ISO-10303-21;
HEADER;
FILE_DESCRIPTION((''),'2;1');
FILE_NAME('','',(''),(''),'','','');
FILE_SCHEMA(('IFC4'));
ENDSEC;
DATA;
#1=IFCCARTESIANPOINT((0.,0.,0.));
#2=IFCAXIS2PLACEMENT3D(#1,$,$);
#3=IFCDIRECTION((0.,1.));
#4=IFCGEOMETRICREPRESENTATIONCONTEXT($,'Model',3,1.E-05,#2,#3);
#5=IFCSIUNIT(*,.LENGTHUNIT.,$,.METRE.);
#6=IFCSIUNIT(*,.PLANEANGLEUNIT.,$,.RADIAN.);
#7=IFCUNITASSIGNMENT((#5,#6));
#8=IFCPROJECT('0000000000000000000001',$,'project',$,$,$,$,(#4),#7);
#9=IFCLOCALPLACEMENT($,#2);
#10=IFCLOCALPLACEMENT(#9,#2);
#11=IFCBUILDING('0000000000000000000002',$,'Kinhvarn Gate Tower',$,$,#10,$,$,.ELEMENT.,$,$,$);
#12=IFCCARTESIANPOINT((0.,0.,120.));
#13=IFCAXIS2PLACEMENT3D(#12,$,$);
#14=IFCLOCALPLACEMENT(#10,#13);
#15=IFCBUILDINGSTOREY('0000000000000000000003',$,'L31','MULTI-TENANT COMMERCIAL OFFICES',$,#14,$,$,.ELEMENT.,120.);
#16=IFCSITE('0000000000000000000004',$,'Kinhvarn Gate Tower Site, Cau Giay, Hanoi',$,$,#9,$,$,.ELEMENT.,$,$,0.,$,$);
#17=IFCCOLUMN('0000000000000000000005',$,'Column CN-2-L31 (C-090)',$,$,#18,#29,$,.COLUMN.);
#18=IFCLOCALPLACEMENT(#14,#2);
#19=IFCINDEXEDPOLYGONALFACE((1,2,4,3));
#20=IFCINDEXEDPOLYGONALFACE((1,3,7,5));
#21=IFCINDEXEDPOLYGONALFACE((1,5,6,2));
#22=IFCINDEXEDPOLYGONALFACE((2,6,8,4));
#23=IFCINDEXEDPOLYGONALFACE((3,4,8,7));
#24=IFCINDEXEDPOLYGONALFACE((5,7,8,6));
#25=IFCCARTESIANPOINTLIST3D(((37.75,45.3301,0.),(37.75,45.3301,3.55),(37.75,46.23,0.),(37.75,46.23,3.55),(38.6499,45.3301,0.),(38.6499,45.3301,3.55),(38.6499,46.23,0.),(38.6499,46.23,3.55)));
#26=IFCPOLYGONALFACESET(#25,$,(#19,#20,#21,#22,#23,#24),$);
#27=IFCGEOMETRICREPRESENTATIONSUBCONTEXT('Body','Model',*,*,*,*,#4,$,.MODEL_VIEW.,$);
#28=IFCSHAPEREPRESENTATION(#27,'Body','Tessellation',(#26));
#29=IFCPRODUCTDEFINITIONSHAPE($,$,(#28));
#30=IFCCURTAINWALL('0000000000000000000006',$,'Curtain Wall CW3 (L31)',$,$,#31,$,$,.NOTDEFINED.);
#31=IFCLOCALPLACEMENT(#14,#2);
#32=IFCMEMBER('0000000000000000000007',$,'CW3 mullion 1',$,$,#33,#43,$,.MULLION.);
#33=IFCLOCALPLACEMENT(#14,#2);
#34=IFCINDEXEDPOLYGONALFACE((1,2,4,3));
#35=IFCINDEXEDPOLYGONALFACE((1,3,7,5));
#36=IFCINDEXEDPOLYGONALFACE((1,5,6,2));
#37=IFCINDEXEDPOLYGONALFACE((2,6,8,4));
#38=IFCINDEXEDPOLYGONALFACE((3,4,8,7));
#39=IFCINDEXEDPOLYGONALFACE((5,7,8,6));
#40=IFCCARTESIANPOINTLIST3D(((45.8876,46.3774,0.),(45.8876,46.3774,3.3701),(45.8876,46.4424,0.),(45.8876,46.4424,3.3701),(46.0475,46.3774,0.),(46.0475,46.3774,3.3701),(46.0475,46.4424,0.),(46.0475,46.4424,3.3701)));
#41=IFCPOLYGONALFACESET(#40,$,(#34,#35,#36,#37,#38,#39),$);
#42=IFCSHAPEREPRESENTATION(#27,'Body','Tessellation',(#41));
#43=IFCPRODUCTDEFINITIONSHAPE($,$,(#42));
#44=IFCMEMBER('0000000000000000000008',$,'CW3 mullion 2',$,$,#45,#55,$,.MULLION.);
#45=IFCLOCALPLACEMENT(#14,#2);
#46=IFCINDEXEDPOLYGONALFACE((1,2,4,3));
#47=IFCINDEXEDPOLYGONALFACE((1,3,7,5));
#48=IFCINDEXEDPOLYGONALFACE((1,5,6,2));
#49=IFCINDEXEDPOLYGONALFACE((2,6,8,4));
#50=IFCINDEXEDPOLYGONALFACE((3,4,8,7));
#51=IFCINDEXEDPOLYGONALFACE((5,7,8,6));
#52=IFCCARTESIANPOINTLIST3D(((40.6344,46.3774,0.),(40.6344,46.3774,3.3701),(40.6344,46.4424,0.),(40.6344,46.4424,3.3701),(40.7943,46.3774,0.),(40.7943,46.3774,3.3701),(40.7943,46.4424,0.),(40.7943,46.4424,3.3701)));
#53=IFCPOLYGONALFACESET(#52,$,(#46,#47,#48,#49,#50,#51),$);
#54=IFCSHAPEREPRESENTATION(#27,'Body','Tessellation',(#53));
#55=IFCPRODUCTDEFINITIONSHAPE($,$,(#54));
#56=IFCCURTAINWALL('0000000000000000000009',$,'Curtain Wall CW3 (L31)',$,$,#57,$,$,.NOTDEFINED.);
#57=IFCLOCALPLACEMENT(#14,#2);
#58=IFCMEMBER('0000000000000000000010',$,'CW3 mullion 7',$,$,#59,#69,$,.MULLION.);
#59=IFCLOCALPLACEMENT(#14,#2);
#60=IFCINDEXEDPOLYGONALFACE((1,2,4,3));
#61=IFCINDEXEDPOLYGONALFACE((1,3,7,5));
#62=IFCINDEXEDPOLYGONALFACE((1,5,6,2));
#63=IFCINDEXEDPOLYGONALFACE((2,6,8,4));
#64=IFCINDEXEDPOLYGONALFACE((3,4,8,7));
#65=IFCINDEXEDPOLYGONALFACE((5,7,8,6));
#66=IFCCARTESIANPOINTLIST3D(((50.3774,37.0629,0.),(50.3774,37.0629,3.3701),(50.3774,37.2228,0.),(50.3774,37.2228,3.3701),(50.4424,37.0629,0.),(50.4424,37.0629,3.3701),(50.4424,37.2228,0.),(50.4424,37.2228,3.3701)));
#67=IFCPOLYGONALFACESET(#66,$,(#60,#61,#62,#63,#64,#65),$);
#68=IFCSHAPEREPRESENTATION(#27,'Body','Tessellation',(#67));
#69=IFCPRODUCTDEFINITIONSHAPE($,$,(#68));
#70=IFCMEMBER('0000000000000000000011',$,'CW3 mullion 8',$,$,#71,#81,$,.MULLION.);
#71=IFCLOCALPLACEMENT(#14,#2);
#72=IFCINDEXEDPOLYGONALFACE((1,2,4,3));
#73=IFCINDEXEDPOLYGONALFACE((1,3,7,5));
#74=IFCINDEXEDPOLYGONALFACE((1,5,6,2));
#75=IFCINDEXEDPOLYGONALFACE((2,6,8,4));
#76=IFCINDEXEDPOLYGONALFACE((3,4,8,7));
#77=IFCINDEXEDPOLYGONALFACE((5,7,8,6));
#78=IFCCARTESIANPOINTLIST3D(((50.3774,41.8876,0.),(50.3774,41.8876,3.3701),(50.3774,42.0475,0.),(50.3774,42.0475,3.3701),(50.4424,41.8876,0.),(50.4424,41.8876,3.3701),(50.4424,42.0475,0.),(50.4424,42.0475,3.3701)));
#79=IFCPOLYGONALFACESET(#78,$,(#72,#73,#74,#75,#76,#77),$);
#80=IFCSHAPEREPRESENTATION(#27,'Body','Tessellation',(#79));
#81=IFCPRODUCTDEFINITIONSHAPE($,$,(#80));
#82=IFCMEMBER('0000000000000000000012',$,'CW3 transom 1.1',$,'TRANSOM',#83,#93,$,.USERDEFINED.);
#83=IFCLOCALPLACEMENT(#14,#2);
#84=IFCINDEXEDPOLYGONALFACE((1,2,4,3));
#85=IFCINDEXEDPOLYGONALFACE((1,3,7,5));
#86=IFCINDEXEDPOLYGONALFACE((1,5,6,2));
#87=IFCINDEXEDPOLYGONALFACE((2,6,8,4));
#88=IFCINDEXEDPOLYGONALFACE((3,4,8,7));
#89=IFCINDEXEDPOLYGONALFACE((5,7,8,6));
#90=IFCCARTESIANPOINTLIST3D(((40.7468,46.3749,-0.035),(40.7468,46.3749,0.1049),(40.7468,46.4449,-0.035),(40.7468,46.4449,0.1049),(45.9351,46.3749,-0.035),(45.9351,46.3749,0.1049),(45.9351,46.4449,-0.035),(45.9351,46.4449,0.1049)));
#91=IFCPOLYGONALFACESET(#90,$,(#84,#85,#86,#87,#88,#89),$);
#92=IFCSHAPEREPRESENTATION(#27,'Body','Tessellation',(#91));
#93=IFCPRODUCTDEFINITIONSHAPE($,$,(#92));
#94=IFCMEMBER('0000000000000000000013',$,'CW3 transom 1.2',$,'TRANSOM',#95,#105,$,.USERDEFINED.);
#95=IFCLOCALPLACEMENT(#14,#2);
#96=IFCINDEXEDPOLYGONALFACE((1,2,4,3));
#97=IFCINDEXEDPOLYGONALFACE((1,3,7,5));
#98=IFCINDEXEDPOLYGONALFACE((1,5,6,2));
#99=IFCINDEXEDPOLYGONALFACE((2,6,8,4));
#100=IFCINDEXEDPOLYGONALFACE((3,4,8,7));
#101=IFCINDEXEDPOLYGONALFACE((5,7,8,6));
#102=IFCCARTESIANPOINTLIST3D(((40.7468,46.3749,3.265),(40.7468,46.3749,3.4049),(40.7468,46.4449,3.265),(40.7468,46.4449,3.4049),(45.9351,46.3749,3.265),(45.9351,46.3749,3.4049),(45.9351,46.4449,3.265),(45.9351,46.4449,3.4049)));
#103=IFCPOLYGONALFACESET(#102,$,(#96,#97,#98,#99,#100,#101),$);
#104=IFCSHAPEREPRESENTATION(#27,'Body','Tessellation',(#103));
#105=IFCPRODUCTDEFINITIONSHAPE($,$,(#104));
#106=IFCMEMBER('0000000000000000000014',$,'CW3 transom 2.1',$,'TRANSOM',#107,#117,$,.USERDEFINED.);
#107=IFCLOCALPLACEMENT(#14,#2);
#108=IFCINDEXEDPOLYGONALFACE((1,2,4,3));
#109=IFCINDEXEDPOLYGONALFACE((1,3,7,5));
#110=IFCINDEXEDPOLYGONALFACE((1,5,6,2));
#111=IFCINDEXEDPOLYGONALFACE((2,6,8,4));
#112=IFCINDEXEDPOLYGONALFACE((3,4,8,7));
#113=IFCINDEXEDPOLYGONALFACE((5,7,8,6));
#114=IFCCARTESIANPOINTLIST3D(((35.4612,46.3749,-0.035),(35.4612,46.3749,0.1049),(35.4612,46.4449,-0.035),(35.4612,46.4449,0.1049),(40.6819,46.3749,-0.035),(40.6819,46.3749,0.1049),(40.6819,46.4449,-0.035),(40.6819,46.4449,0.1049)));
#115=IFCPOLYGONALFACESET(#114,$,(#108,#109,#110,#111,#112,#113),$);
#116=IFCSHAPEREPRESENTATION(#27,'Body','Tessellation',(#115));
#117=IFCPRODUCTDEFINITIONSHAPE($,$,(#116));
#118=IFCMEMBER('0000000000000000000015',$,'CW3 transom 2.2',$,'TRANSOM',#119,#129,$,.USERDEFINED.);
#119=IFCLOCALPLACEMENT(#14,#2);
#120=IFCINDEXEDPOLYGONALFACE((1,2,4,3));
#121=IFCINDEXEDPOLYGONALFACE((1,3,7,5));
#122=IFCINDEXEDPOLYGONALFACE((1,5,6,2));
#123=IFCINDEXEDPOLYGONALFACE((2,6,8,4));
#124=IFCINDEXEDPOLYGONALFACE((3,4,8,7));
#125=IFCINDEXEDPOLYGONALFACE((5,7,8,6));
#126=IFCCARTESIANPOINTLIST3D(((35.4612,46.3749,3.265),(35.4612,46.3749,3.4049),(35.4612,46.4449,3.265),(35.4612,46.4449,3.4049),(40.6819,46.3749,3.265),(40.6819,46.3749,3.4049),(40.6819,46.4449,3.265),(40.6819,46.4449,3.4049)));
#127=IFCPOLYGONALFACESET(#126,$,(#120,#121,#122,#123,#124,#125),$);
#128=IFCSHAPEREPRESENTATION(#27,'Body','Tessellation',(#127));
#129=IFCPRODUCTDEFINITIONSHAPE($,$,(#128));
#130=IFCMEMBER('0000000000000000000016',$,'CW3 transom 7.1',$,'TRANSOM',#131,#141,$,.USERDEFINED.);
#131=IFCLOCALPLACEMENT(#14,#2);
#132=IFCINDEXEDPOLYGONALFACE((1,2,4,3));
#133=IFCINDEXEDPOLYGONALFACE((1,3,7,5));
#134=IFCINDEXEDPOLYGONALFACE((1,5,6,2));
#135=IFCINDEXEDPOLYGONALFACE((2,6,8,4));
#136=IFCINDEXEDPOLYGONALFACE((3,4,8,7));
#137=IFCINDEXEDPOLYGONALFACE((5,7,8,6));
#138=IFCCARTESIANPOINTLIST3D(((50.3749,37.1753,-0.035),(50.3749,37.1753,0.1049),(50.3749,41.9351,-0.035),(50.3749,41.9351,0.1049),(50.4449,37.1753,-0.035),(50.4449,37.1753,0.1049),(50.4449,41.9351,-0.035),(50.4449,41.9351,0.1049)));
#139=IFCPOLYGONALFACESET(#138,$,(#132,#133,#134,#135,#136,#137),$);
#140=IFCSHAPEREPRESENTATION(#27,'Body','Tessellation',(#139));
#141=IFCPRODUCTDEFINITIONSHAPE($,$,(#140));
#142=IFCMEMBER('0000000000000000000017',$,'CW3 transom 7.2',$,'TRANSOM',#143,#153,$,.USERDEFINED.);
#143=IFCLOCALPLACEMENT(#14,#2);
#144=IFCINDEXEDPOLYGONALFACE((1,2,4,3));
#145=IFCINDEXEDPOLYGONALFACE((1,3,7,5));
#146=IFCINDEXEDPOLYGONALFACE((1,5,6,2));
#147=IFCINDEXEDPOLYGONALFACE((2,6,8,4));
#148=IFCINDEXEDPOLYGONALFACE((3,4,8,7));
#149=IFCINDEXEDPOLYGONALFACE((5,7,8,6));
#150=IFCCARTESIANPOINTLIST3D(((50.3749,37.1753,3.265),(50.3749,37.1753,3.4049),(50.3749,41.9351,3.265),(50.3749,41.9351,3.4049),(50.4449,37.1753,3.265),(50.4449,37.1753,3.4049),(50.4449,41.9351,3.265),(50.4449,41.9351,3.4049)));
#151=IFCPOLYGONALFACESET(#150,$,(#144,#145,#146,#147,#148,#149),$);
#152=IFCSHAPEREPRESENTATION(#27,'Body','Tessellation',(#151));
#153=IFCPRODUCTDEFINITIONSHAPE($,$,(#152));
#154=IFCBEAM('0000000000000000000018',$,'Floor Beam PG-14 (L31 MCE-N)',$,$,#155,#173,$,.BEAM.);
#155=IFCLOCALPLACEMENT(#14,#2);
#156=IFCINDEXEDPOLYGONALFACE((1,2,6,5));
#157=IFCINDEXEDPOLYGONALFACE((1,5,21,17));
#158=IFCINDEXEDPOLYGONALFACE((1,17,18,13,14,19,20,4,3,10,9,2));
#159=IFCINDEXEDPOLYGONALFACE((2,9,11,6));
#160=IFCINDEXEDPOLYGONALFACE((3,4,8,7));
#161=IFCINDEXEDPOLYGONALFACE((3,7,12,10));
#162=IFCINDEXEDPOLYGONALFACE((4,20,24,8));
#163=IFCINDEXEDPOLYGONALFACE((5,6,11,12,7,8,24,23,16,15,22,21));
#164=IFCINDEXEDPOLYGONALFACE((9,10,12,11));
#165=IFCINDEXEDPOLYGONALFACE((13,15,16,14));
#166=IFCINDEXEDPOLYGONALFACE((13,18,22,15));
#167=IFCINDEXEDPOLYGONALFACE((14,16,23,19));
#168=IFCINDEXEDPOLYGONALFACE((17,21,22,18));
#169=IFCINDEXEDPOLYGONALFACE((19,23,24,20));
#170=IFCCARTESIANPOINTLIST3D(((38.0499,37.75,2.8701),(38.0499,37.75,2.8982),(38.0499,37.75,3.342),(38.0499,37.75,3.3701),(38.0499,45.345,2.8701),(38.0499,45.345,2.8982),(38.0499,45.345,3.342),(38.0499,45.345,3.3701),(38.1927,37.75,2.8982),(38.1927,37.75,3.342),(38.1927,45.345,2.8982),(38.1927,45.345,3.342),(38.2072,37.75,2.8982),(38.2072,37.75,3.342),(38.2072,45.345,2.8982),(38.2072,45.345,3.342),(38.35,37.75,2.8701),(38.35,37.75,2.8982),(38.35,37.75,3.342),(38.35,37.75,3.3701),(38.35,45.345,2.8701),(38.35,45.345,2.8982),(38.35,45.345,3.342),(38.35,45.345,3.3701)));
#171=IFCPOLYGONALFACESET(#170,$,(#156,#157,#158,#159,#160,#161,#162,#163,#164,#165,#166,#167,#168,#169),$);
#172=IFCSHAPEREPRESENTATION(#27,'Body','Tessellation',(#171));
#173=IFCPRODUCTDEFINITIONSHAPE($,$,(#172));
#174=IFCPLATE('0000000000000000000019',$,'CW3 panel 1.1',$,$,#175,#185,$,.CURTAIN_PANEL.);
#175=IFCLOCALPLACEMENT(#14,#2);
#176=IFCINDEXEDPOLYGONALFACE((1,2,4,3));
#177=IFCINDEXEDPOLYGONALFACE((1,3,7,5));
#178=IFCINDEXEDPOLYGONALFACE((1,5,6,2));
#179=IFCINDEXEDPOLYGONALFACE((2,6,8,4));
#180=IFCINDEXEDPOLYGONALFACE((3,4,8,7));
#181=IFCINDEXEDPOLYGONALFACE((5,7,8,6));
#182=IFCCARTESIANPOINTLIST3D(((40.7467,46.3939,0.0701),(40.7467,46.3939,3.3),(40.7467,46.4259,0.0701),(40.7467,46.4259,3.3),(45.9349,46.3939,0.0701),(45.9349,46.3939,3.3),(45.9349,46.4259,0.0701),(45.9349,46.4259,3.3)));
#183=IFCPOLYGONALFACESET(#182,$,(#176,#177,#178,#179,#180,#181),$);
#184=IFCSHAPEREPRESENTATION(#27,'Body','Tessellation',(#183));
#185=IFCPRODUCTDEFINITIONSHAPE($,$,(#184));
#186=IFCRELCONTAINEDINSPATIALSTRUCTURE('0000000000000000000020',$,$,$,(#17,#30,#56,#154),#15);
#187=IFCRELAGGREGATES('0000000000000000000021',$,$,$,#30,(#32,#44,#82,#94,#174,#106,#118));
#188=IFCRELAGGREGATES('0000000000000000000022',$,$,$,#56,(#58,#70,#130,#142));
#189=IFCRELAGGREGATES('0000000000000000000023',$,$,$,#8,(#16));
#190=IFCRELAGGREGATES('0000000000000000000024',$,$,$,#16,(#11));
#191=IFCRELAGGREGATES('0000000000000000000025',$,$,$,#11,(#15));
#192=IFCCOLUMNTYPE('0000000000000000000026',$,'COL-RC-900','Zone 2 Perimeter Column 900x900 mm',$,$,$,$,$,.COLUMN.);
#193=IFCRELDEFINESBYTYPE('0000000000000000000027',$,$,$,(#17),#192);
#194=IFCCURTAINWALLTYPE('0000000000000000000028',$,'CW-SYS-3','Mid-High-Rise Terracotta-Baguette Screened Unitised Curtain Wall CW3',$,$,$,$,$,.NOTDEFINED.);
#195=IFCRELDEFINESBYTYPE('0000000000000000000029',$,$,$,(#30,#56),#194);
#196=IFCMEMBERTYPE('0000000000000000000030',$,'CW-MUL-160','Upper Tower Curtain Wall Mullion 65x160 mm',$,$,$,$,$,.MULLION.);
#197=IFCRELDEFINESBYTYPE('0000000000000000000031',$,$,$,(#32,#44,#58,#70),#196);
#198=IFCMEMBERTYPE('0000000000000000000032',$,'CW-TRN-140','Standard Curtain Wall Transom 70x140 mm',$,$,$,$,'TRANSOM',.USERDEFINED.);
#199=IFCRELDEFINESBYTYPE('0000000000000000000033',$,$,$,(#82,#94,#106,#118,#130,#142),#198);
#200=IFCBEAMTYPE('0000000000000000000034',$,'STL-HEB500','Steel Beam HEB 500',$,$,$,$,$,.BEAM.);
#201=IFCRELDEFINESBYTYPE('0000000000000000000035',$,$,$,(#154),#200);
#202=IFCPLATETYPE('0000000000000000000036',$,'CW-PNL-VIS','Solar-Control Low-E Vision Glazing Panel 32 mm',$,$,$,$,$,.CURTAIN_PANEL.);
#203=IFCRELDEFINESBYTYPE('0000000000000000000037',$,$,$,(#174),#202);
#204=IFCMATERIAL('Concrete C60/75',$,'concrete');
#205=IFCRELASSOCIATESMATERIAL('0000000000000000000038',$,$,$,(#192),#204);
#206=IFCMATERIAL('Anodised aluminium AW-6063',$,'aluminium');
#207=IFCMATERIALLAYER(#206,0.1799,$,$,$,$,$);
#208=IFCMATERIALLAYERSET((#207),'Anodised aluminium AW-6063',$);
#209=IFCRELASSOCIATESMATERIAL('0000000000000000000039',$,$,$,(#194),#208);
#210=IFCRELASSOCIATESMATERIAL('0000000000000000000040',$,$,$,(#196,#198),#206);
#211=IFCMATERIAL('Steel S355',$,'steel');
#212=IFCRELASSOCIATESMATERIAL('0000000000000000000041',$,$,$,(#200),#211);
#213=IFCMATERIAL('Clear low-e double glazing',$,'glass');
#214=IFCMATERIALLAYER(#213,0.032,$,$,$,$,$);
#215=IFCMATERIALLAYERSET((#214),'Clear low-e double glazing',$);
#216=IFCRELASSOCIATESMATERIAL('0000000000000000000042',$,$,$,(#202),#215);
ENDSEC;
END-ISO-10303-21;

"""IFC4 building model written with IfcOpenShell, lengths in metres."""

from ifc_helpers import new_model, si_unit, direction, frame, origin, origin_2d, place, context, subcontext, project, spatial, rectangle, i_section, extrude, material, layer, layer_set, material_profile, profile_set, type_object, element, aggregate, save


model = new_model("IFC4")

# Units and contexts
model_context = context("Model", 3, precision=1e-05, world=origin(), true_north=direction((0.0, 1.0)))
body_context = subcontext(model_context, "Body", "Model", "MODEL_VIEW")
ifc_project = project(units=[si_unit("LENGTHUNIT", "METRE"), si_unit("PLANEANGLEUNIT", "RADIAN")], contexts=[model_context])

# Site, building, storey
site_placement = place(None, origin())
site = spatial("IfcSite", under=ifc_project, at=site_placement, Name="Kinhvarn Gate Tower Site, Cau Giay, Hanoi", CompositionType="ELEMENT", RefElevation=0.0)
building_placement = place(site_placement, origin())
building = spatial("IfcBuilding", under=site, at=building_placement, Name="Kinhvarn Gate Tower", CompositionType="ELEMENT")
storey_placement = place(building_placement, frame((0.0, 0.0, 120.0)))
storey = spatial("IfcBuildingStorey", under=building, at=storey_placement, Name="L31", Description="MULTI-TENANT COMMERCIAL OFFICES", CompositionType="ELEMENT", Elevation=120.0)

# Column
ifc_material_1 = material(Name="Concrete C60/75", Category="concrete")
ifc_material_profile_1 = material_profile(ifc_material_1, rectangle(XDim=0.8999, YDim=0.8999, at=origin_2d()), Name="RC 900x900")
ifc_profile_set_1 = profile_set([ifc_material_profile_1], Name="Concrete C60/75")
column_type = type_object("IfcColumnType", Name="COL-RC-900", Description="Zone 2 Perimeter Column 900x900 mm", PredefinedType="COLUMN", material=ifc_profile_set_1)
column_placement = place(storey_placement, frame((38.2, 45.78, 0.0), z_axis=(0.0, 0.0, 1.0), x_axis=(1.0, 0.0, 0.0)))
element("IfcColumn", 1, at=column_placement, inside=storey, type_object=column_type, Name="Column CN-2-L31 (C-090)", PredefinedType="COLUMN", context=body_context, shape_type="SweptSolid", body=[
    extrude(rectangle(XDim=0.8999, YDim=0.8999, at=origin_2d()), origin(), (0.0, 0.0, 1.0), 3.55),
])

# Curtain walls, members
ifc_material_2 = material(Name="Anodised aluminium AW-6063", Category="aluminium")
ifc_layer_1 = layer(ifc_material_2, 0.1799)
ifc_layer_set_1 = layer_set([ifc_layer_1], Name="Anodised aluminium AW-6063")
curtain_wall_type = type_object("IfcCurtainWallType", Name="CW-SYS-3", Description="Mid-High-Rise Terracotta-Baguette Screened Unitised Curtain Wall CW3", PredefinedType="NOTDEFINED", material=ifc_layer_set_1)
curtain_wall_1_placement = place(storey_placement, origin())
curtain_wall_1 = element("IfcCurtainWall", 2, at=curtain_wall_1_placement, inside=storey, type_object=curtain_wall_type, Name="Curtain Wall CW3 (L31)", PredefinedType="NOTDEFINED")
ifc_material_profile_2 = material_profile(ifc_material_2, rectangle(XDim=0.0649, YDim=0.1599, at=origin_2d()), Name="ALU 65x160")
ifc_profile_set_2 = profile_set([ifc_material_profile_2], Name="Anodised aluminium AW-6063")
member_type_1 = type_object("IfcMemberType", Name="CW-MUL-160", Description="Upper Tower Curtain Wall Mullion 65x160 mm", PredefinedType="MULLION", material=ifc_profile_set_2)
member_1_placement = place(storey_placement, frame((45.9675, 46.4099, 0.0), z_axis=(0.0, 0.0, 1.0), x_axis=(0.0, -1.0, 0.0)))
member_1 = element("IfcMember", 3, at=member_1_placement, type_object=member_type_1, Name="CW3 mullion 1", PredefinedType="MULLION", context=body_context, shape_type="SweptSolid", body=[
    extrude(rectangle(XDim=0.0649, YDim=0.1599, at=origin_2d()), origin(), (0.0, 0.0, 1.0), 3.3701),
])
member_2_placement = place(storey_placement, frame((40.7144, 46.4099, 0.0), z_axis=(0.0, 0.0, 1.0), x_axis=(0.0, -1.0, 0.0)))
member_2 = element("IfcMember", 4, at=member_2_placement, type_object=member_type_1, Name="CW3 mullion 2", PredefinedType="MULLION", context=body_context, shape_type="SweptSolid", body=[
    extrude(rectangle(XDim=0.0649, YDim=0.1599, at=origin_2d()), origin(), (0.0, 0.0, 1.0), 3.3701),
])
curtain_wall_2_placement = place(storey_placement, origin())
curtain_wall_2 = element("IfcCurtainWall", 5, at=curtain_wall_2_placement, inside=storey, type_object=curtain_wall_type, Name="Curtain Wall CW3 (L31)", PredefinedType="NOTDEFINED")
member_3_placement = place(storey_placement, frame((50.4099, 37.1428, 0.0), z_axis=(0.0, 0.0, 1.0), x_axis=(-1.0, 0.0, 0.0)))
member_3 = element("IfcMember", 6, at=member_3_placement, type_object=member_type_1, Name="CW3 mullion 7", PredefinedType="MULLION", context=body_context, shape_type="SweptSolid", body=[
    extrude(rectangle(XDim=0.0649, YDim=0.1599, at=origin_2d()), origin(), (0.0, 0.0, 1.0), 3.3701),
])
member_4_placement = place(storey_placement, frame((50.4099, 41.9675, 0.0), z_axis=(0.0, 0.0, 1.0), x_axis=(-1.0, 0.0, 0.0)))
member_4 = element("IfcMember", 7, at=member_4_placement, type_object=member_type_1, Name="CW3 mullion 8", PredefinedType="MULLION", context=body_context, shape_type="SweptSolid", body=[
    extrude(rectangle(XDim=0.0649, YDim=0.1599, at=origin_2d()), origin(), (0.0, 0.0, 1.0), 3.3701),
])

# Members
ifc_material_profile_3 = material_profile(ifc_material_2, rectangle(XDim=0.0701, YDim=0.1399, at=origin_2d()), Name="ALU 70x140")
ifc_profile_set_3 = profile_set([ifc_material_profile_3], Name="Anodised aluminium AW-6063")
member_type_2 = type_object("IfcMemberType", Name="CW-TRN-140", Description="Standard Curtain Wall Transom 70x140 mm", ElementType="TRANSOM", PredefinedType="USERDEFINED", material=ifc_profile_set_3)
member_5_placement = place(storey_placement, frame((45.9351, 46.4099, 0.0349), z_axis=(-1.0, 0.0, 0.0), x_axis=(0.0, -1.0, 0.0)))
member_5 = element("IfcMember", 8, at=member_5_placement, type_object=member_type_2, Name="CW3 transom 1.1", ObjectType="TRANSOM", PredefinedType="USERDEFINED", context=body_context, shape_type="SweptSolid", body=[
    extrude(rectangle(XDim=0.0701, YDim=0.1399, at=origin_2d()), origin(), (0.0, 0.0, 1.0), 5.1882),
])
member_6_placement = place(storey_placement, frame((45.9351, 46.4099, 3.335), z_axis=(-1.0, 0.0, 0.0), x_axis=(0.0, -1.0, 0.0)))
member_6 = element("IfcMember", 9, at=member_6_placement, type_object=member_type_2, Name="CW3 transom 1.2", ObjectType="TRANSOM", PredefinedType="USERDEFINED", context=body_context, shape_type="SweptSolid", body=[
    extrude(rectangle(XDim=0.0701, YDim=0.1399, at=origin_2d()), origin(), (0.0, 0.0, 1.0), 5.1882),
])
member_7_placement = place(storey_placement, frame((40.6819, 46.4099, 0.0349), z_axis=(-1.0, 0.0, 0.0), x_axis=(0.0, -1.0, 0.0)))
member_7 = element("IfcMember", 10, at=member_7_placement, type_object=member_type_2, Name="CW3 transom 2.1", ObjectType="TRANSOM", PredefinedType="USERDEFINED", context=body_context, shape_type="SweptSolid", body=[
    extrude(rectangle(XDim=0.0701, YDim=0.1399, at=origin_2d()), origin(), (0.0, 0.0, 1.0), 5.2207),
])
member_8_placement = place(storey_placement, frame((40.6819, 46.4099, 3.335), z_axis=(-1.0, 0.0, 0.0), x_axis=(0.0, -1.0, 0.0)))
member_8 = element("IfcMember", 11, at=member_8_placement, type_object=member_type_2, Name="CW3 transom 2.2", ObjectType="TRANSOM", PredefinedType="USERDEFINED", context=body_context, shape_type="SweptSolid", body=[
    extrude(rectangle(XDim=0.0701, YDim=0.1399, at=origin_2d()), origin(), (0.0, 0.0, 1.0), 5.2207),
])
member_9_placement = place(storey_placement, frame((50.4099, 37.1753, 0.0349), z_axis=(0.0, 1.0, 0.0), x_axis=(-1.0, 0.0, 0.0)))
member_9 = element("IfcMember", 12, at=member_9_placement, type_object=member_type_2, Name="CW3 transom 7.1", ObjectType="TRANSOM", PredefinedType="USERDEFINED", context=body_context, shape_type="SweptSolid", body=[
    extrude(rectangle(XDim=0.0701, YDim=0.1399, at=origin_2d()), origin(), (0.0, 0.0, 1.0), 4.7598),
])
member_10_placement = place(storey_placement, frame((50.4099, 37.1753, 3.335), z_axis=(0.0, 1.0, 0.0), x_axis=(-1.0, 0.0, 0.0)))
member_10 = element("IfcMember", 13, at=member_10_placement, type_object=member_type_2, Name="CW3 transom 7.2", ObjectType="TRANSOM", PredefinedType="USERDEFINED", context=body_context, shape_type="SweptSolid", body=[
    extrude(rectangle(XDim=0.0701, YDim=0.1399, at=origin_2d()), origin(), (0.0, 0.0, 1.0), 4.7598),
])

# Beam
ifc_material_3 = material(Name="Steel S355", Category="steel")
ifc_material_profile_4 = material_profile(ifc_material_3, i_section(OverallWidth=0.3, OverallDepth=0.5, WebThickness=0.0144, FlangeThickness=0.0281, at=origin_2d()), Name="HEB 500")
ifc_profile_set_4 = profile_set([ifc_material_profile_4], Name="Steel S355")
beam_type = type_object("IfcBeamType", Name="STL-HEB500", Description="Steel Beam HEB 500", PredefinedType="BEAM", material=ifc_profile_set_4)
beam_placement = place(storey_placement, frame((38.2, 37.75, 3.1201), z_axis=(0.0, 1.0, 0.0), x_axis=(-1.0, 0.0, 0.0)))
element("IfcBeam", 14, at=beam_placement, inside=storey, type_object=beam_type, Name="Floor Beam PG-14 (L31 MCE-N)", PredefinedType="BEAM", context=body_context, shape_type="SweptSolid", body=[
    extrude(i_section(OverallWidth=0.3, OverallDepth=0.5, WebThickness=0.0144, FlangeThickness=0.0281, at=origin_2d()), origin(), (0.0, 0.0, 1.0), 7.595),
])

# Plate
ifc_material_4 = material(Name="Clear low-e double glazing", Category="glass")
ifc_layer_2 = layer(ifc_material_4, 0.032)
ifc_layer_set_2 = layer_set([ifc_layer_2], Name="Clear low-e double glazing")
plate_type = type_object("IfcPlateType", Name="CW-PNL-VIS", Description="Solar-Control Low-E Vision Glazing Panel 32 mm", PredefinedType="CURTAIN_PANEL", material=ifc_layer_set_2)
plate_1_placement = place(storey_placement, frame((43.3408, 46.4099, 0.0701), z_axis=(0.0, 0.0, 1.0), x_axis=(-1.0, 0.0, 0.0)))
plate_1 = element("IfcPlate", 15, at=plate_1_placement, type_object=plate_type, Name="CW3 panel 1.1", PredefinedType="CURTAIN_PANEL", context=body_context, shape_type="SweptSolid", body=[
    extrude(rectangle(XDim=5.1882, YDim=0.032, at=origin_2d()), origin(), (0.0, 0.0, 1.0), 3.23),
])
aggregate(curtain_wall_1, [member_1, member_2, member_5, member_6, plate_1, member_7, member_8])
aggregate(curtain_wall_2, [member_3, member_4, member_9, member_10])

save(model, "model.ifc")
